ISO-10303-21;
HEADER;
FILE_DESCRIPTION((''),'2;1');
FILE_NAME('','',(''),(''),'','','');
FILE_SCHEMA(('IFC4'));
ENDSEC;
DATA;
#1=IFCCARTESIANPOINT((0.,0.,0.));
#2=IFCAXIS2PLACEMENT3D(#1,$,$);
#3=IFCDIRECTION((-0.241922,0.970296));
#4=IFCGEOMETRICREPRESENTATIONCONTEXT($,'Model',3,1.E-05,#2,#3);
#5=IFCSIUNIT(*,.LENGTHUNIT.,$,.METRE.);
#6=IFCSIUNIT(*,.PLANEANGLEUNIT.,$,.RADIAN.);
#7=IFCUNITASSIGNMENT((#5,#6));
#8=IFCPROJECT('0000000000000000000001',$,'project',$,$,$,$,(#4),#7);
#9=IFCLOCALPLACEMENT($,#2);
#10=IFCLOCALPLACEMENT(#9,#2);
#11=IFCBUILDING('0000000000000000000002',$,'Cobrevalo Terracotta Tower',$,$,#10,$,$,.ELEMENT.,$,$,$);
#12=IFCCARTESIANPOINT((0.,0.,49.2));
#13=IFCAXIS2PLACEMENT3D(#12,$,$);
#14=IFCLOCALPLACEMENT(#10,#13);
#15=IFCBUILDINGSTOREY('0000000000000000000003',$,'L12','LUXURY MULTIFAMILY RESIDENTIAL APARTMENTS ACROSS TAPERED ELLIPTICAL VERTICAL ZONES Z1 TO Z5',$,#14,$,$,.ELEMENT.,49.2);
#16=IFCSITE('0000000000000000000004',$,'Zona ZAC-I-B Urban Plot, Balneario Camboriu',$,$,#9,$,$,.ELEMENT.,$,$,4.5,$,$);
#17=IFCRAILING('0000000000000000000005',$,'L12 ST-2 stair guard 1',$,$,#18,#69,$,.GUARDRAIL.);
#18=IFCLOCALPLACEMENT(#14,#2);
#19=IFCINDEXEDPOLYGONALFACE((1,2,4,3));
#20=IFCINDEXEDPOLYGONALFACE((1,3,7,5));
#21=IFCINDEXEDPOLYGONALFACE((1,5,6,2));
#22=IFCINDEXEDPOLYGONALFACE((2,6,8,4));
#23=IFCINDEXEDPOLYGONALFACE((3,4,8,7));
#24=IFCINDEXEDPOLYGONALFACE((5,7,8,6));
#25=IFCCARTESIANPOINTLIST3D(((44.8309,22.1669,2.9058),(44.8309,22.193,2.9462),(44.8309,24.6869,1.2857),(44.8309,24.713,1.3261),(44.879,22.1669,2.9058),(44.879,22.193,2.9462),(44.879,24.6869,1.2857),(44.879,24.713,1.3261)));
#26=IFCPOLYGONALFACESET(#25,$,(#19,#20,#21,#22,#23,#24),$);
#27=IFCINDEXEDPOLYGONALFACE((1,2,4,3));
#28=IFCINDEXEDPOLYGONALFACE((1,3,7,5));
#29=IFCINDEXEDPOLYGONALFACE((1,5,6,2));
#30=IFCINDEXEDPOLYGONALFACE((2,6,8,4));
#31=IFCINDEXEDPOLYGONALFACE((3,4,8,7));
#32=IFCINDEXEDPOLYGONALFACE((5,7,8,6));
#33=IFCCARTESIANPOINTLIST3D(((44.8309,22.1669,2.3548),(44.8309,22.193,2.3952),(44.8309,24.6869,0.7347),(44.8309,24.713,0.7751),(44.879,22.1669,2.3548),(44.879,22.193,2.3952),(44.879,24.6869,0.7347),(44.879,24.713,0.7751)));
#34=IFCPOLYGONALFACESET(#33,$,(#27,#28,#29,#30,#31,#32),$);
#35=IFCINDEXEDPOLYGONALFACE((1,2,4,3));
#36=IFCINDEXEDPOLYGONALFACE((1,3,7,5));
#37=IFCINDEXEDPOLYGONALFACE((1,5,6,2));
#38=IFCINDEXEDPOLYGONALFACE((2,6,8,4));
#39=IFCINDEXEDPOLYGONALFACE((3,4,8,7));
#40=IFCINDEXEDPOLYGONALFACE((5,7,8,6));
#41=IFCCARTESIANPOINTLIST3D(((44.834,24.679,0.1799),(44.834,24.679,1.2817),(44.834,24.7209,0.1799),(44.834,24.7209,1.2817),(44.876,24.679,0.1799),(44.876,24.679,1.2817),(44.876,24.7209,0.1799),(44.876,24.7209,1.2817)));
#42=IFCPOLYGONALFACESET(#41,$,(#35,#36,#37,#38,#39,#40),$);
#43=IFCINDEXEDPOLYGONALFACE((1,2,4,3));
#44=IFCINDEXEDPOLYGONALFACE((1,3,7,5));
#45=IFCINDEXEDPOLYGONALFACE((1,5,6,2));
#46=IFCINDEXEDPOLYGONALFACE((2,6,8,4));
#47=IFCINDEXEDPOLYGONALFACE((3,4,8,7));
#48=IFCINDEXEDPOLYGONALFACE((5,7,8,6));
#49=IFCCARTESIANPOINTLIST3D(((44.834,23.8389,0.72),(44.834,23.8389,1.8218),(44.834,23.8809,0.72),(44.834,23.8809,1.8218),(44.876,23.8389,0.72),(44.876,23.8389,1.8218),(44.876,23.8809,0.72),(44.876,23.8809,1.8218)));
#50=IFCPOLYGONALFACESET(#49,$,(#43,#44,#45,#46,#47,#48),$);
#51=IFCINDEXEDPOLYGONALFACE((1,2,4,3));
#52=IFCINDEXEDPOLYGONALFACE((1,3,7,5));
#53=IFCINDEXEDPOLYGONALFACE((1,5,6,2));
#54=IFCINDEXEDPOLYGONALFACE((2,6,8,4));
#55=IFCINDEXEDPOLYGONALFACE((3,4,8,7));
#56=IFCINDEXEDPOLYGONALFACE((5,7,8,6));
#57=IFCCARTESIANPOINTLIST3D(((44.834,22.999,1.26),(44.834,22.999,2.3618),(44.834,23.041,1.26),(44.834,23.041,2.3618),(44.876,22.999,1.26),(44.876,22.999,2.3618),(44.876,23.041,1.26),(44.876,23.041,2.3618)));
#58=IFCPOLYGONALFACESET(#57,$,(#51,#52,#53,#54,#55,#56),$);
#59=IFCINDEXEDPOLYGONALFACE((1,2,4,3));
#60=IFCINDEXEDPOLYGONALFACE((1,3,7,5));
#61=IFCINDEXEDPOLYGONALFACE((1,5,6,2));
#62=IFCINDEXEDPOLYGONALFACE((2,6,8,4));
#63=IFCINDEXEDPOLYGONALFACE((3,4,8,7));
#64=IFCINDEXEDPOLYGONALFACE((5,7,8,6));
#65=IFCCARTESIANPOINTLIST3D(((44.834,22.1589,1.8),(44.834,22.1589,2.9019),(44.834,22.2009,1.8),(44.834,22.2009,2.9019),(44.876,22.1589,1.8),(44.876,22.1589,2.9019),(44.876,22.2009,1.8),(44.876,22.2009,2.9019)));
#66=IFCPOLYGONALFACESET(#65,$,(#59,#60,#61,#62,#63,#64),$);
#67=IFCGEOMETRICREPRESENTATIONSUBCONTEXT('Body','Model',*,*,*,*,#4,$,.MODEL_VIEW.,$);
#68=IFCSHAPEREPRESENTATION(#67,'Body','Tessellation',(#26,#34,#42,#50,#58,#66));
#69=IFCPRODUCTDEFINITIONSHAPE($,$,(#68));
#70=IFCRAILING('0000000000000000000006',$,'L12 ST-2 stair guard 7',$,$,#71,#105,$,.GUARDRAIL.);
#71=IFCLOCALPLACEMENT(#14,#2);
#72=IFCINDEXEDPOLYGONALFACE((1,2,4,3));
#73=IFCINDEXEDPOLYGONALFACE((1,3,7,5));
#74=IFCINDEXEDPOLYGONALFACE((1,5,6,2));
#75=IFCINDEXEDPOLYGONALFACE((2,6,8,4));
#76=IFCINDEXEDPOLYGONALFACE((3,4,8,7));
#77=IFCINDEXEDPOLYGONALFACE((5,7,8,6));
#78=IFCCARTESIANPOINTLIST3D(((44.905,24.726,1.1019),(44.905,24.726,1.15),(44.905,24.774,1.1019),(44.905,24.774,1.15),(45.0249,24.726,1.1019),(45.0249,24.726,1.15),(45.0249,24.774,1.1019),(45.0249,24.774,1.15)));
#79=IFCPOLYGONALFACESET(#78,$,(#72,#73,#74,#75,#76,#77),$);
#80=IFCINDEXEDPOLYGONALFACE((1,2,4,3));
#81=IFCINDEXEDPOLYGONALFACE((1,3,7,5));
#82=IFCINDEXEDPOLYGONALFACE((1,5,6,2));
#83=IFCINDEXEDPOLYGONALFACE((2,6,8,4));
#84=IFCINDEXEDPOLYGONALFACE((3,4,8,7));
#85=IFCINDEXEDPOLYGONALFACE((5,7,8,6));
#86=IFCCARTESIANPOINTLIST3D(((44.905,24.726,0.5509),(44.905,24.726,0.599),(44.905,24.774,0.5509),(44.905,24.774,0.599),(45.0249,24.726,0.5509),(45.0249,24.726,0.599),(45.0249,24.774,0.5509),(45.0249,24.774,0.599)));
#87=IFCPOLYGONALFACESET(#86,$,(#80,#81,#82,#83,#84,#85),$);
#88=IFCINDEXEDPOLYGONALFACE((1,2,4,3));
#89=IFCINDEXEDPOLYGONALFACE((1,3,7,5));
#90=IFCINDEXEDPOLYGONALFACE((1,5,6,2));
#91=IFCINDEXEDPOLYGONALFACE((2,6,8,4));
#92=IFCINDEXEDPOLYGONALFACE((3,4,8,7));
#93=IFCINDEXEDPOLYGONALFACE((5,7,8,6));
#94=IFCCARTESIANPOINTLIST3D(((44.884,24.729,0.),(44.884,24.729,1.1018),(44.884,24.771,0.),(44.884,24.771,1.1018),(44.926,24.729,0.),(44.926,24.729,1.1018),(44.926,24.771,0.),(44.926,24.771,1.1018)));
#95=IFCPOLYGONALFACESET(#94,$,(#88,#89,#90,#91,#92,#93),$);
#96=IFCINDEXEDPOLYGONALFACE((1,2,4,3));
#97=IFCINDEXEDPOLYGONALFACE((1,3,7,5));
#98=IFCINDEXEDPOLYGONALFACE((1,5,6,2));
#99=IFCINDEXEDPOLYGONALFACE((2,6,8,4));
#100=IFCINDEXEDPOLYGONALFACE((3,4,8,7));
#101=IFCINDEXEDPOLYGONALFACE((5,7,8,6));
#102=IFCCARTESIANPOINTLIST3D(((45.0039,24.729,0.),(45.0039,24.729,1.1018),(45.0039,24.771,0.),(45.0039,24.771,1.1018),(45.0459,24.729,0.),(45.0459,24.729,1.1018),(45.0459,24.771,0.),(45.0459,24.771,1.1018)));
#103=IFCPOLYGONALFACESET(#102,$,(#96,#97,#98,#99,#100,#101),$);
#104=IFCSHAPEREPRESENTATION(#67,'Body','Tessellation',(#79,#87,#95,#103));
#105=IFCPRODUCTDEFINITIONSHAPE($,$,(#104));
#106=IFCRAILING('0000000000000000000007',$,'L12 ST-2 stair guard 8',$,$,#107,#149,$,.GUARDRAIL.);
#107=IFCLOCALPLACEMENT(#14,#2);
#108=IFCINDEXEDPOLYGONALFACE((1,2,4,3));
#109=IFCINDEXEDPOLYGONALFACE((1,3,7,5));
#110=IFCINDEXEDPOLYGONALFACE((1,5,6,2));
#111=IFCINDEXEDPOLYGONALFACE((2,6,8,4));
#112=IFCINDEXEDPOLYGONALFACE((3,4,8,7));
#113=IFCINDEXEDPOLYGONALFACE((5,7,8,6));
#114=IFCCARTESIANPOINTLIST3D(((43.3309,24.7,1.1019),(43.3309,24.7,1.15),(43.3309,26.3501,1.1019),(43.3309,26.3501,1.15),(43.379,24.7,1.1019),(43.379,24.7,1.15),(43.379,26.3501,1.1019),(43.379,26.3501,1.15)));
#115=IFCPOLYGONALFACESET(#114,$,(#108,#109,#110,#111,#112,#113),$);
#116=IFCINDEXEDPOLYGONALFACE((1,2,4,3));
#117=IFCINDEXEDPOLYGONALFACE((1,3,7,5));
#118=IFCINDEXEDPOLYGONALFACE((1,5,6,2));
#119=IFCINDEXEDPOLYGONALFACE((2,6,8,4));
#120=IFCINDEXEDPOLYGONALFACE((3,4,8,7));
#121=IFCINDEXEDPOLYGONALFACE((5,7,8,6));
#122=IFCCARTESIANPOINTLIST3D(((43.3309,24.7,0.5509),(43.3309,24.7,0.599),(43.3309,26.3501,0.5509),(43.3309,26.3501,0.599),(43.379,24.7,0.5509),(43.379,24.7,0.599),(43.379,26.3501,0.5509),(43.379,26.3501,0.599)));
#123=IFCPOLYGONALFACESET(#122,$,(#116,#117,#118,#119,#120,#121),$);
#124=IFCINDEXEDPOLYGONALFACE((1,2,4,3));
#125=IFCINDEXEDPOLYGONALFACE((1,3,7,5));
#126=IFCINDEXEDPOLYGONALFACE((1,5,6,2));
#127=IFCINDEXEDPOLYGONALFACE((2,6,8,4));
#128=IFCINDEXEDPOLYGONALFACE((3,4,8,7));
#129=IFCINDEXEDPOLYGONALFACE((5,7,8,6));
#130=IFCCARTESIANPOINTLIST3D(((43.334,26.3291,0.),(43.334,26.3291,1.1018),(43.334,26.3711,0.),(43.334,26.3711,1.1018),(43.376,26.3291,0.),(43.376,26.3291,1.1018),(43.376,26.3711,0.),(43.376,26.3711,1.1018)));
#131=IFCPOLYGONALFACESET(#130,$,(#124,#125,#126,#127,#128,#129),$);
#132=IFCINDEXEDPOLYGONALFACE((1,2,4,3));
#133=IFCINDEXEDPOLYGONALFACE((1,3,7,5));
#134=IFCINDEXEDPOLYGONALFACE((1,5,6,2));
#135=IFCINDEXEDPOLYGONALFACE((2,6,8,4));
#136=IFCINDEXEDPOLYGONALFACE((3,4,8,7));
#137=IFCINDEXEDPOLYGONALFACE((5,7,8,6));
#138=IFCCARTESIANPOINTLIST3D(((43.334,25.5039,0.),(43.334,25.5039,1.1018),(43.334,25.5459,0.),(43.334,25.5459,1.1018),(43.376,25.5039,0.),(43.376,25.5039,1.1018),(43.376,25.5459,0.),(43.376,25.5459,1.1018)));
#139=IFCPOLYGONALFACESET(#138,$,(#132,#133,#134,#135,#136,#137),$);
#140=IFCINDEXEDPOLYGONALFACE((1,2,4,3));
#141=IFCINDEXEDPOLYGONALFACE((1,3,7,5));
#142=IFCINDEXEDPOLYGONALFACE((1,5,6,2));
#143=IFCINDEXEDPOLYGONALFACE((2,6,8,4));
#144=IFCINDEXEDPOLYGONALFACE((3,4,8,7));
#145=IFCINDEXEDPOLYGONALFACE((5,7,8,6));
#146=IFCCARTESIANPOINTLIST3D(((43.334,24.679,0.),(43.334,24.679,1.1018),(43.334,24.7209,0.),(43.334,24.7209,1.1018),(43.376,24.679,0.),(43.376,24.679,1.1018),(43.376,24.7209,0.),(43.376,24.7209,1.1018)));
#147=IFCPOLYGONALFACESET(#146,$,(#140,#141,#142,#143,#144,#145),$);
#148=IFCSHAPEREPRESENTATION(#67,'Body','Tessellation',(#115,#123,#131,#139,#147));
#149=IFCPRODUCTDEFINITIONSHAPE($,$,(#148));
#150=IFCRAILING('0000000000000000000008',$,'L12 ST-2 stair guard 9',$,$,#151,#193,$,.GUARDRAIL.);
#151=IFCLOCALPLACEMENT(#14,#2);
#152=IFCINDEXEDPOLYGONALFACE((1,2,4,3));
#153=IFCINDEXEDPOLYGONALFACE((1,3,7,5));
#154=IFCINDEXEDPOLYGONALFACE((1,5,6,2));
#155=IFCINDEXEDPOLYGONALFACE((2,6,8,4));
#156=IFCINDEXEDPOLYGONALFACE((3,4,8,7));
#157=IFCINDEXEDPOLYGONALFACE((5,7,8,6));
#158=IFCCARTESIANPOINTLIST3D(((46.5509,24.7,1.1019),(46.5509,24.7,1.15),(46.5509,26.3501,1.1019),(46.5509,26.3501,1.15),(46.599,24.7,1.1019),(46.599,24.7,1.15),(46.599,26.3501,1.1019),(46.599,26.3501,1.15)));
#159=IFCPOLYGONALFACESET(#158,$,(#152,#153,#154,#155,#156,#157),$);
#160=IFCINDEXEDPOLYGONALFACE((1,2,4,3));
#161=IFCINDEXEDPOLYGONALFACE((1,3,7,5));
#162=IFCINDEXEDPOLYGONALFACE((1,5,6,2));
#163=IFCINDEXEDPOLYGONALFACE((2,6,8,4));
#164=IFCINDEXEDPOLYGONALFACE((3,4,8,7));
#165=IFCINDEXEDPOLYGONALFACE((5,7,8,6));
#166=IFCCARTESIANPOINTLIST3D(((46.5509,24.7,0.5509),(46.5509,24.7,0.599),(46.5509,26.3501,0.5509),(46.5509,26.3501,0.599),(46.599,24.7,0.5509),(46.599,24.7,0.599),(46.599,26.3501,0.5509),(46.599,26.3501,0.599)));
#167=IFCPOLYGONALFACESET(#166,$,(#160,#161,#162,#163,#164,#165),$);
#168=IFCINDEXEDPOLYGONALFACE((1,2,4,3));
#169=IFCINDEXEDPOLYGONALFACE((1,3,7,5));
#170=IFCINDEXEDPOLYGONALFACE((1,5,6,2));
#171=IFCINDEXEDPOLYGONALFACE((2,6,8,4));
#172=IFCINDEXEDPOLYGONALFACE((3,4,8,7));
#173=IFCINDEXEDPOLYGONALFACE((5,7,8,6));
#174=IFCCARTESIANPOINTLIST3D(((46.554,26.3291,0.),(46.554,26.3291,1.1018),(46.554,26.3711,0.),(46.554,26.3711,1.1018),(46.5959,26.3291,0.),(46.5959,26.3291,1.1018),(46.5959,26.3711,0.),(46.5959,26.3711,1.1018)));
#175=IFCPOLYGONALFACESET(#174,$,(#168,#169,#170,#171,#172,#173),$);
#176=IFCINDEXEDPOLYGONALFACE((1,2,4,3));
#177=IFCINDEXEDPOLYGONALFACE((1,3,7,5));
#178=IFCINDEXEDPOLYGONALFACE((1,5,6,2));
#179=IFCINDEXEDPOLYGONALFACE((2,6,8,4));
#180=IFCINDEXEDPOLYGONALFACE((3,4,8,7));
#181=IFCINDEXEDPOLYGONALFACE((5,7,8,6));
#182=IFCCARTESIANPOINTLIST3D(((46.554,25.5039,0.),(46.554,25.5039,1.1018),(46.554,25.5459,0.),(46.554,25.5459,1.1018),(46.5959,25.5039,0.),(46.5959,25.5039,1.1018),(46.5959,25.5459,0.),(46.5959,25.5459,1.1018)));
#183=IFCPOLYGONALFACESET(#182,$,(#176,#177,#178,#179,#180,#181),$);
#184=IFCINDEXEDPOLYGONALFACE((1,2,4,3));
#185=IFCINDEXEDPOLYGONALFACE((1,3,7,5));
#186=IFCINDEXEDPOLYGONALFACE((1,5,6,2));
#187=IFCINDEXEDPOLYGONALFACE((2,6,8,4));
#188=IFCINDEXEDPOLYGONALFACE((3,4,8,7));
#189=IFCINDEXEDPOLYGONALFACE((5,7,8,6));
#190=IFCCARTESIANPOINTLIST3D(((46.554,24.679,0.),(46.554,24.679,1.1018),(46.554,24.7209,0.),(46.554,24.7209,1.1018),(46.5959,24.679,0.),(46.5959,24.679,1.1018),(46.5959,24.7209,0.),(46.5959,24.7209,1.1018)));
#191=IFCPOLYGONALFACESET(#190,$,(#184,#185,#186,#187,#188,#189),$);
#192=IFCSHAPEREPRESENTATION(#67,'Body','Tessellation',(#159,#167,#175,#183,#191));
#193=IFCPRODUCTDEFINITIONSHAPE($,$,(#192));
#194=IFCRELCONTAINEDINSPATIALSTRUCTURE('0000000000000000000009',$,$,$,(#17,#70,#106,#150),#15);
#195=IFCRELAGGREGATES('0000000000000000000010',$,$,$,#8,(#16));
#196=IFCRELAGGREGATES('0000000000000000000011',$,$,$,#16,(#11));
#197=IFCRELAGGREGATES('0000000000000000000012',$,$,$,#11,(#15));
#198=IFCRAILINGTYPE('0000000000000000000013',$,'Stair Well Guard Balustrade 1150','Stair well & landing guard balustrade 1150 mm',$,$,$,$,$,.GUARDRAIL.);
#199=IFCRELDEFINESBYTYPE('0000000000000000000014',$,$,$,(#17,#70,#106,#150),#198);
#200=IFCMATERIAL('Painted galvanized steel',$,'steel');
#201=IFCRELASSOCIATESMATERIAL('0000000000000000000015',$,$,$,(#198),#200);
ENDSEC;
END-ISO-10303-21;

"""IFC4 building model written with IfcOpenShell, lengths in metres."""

from ifc_helpers import new_model, si_unit, direction, frame, origin, origin_2d, place, context, subcontext, project, spatial, rectangle, extrude, material, type_object, element, save


model = new_model("IFC4")

# Units and contexts
model_context = context("Model", 3, precision=1e-05, world=origin(), true_north=direction((-0.241922, 0.970296)))
body_context = subcontext(model_context, "Body", "Model", "MODEL_VIEW")
ifc_project = project(units=[si_unit("LENGTHUNIT", "METRE"), si_unit("PLANEANGLEUNIT", "RADIAN")], contexts=[model_context])

# Site, building, storey
site_placement = place(None, origin())
site = spatial("IfcSite", under=ifc_project, at=site_placement, Name="Zona ZAC-I-B Urban Plot, Balneario Camboriu", CompositionType="ELEMENT", RefElevation=4.5)
building_placement = place(site_placement, origin())
building = spatial("IfcBuilding", under=site, at=building_placement, Name="Cobrevalo Terracotta Tower", CompositionType="ELEMENT")
storey_placement = place(building_placement, frame((0.0, 0.0, 49.2)))
storey = spatial("IfcBuildingStorey", under=building, at=storey_placement, Name="L12", Description="LUXURY MULTIFAMILY RESIDENTIAL APARTMENTS ACROSS TAPERED ELLIPTICAL VERTICAL ZONES Z1 TO Z5", CompositionType="ELEMENT", Elevation=49.2)

# Railings
ifc_material_1 = material(Name="Painted galvanized steel", Category="steel")
railing_type_1 = type_object("IfcRailingType", Name="Stair Well Guard Balustrade 1150", Description="Stair well & landing guard balustrade 1150 mm", PredefinedType="GUARDRAIL", material=ifc_material_1)
railing_1_placement = place(storey_placement, frame((44.855, 24.7, 0.1799)))
element("IfcRailing", 1, at=railing_1_placement, inside=storey, type_object=railing_type_1, Name="L12 ST-2 stair guard 1", PredefinedType="GUARDRAIL", context=body_context, shape_type="SweptSolid", body=[
    extrude(rectangle(XDim=0.0481, YDim=0.0481, at=origin_2d()), frame((0.0, 0.0, 1.126), z_axis=(0.0, -0.841163, 0.540782), x_axis=(1.0, 0.0, 0.0)), (0.0, 0.0, 1.0), 2.9958),
    extrude(rectangle(XDim=0.0481, YDim=0.0481, at=origin_2d()), frame((0.0, 0.0, 0.575), z_axis=(0.0, -0.841163, 0.540782), x_axis=(1.0, 0.0, 0.0)), (0.0, 0.0, 1.0), 2.9958),
    extrude(rectangle(XDim=0.042, YDim=0.042, at=origin_2d()), origin(), (0.0, 0.0, 1.0), 1.1018),
    extrude(rectangle(XDim=0.042, YDim=0.042, at=origin_2d()), frame((0.0, -0.8401, 0.54)), (0.0, 0.0, 1.0), 1.1018),
    extrude(rectangle(XDim=0.042, YDim=0.042, at=origin_2d()), frame((0.0, -1.6799, 1.0801)), (0.0, 0.0, 1.0), 1.1018),
    extrude(rectangle(XDim=0.042, YDim=0.042, at=origin_2d()), frame((0.0, -2.52, 1.6201)), (0.0, 0.0, 1.0), 1.1018),
])
railing_2_placement = place(storey_placement, frame((44.905, 24.75, 0.0)))
element("IfcRailing", 2, at=railing_2_placement, inside=storey, type_object=railing_type_1, Name="L12 ST-2 stair guard 7", PredefinedType="GUARDRAIL", context=body_context, shape_type="SweptSolid", body=[
    extrude(rectangle(XDim=0.0481, YDim=0.0481, at=origin_2d()), frame((0.0, 0.0, 1.126), z_axis=(1.0, 0.0, 0.0), x_axis=(0.0, 1.0, 0.0)), (0.0, 0.0, 1.0), 0.1199),
    extrude(rectangle(XDim=0.0481, YDim=0.0481, at=origin_2d()), frame((0.0, 0.0, 0.575), z_axis=(1.0, 0.0, 0.0), x_axis=(0.0, 1.0, 0.0)), (0.0, 0.0, 1.0), 0.1199),
    extrude(rectangle(XDim=0.042, YDim=0.042, at=origin_2d()), origin(), (0.0, 0.0, 1.0), 1.1018),
    extrude(rectangle(XDim=0.042, YDim=0.042, at=origin_2d()), frame((0.1199, 0.0, 0.0)), (0.0, 0.0, 1.0), 1.1018),
])
for number, where, name in (
    (3, (43.355, 26.3501, 0.0), "L12 ST-2 stair guard 8"),
    (4, (46.575, 26.3501, 0.0), "L12 ST-2 stair guard 9"),
):
    element("IfcRailing", number, at=place(storey_placement, frame(where)), inside=storey, type_object=railing_type_1, Name=name, PredefinedType="GUARDRAIL", context=body_context, shape_type="SweptSolid", body=[
        extrude(rectangle(XDim=0.0481, YDim=0.0481, at=origin_2d()), frame((0.0, 0.0, 1.126), z_axis=(0.0, -1.0, 0.0), x_axis=(1.0, 0.0, 0.0)), (0.0, 0.0, 1.0), 1.6501),
        extrude(rectangle(XDim=0.0481, YDim=0.0481, at=origin_2d()), frame((0.0, 0.0, 0.575), z_axis=(0.0, -1.0, 0.0), x_axis=(1.0, 0.0, 0.0)), (0.0, 0.0, 1.0), 1.6501),
        extrude(rectangle(XDim=0.042, YDim=0.042, at=origin_2d()), origin(), (0.0, 0.0, 1.0), 1.1018),
        extrude(rectangle(XDim=0.042, YDim=0.042, at=origin_2d()), frame((0.0, -0.8252, 0.0)), (0.0, 0.0, 1.0), 1.1018),
        extrude(rectangle(XDim=0.042, YDim=0.042, at=origin_2d()), frame((0.0, -1.6501, 0.0)), (0.0, 0.0, 1.0), 1.1018),
    ])

save(model, "model.ifc")
